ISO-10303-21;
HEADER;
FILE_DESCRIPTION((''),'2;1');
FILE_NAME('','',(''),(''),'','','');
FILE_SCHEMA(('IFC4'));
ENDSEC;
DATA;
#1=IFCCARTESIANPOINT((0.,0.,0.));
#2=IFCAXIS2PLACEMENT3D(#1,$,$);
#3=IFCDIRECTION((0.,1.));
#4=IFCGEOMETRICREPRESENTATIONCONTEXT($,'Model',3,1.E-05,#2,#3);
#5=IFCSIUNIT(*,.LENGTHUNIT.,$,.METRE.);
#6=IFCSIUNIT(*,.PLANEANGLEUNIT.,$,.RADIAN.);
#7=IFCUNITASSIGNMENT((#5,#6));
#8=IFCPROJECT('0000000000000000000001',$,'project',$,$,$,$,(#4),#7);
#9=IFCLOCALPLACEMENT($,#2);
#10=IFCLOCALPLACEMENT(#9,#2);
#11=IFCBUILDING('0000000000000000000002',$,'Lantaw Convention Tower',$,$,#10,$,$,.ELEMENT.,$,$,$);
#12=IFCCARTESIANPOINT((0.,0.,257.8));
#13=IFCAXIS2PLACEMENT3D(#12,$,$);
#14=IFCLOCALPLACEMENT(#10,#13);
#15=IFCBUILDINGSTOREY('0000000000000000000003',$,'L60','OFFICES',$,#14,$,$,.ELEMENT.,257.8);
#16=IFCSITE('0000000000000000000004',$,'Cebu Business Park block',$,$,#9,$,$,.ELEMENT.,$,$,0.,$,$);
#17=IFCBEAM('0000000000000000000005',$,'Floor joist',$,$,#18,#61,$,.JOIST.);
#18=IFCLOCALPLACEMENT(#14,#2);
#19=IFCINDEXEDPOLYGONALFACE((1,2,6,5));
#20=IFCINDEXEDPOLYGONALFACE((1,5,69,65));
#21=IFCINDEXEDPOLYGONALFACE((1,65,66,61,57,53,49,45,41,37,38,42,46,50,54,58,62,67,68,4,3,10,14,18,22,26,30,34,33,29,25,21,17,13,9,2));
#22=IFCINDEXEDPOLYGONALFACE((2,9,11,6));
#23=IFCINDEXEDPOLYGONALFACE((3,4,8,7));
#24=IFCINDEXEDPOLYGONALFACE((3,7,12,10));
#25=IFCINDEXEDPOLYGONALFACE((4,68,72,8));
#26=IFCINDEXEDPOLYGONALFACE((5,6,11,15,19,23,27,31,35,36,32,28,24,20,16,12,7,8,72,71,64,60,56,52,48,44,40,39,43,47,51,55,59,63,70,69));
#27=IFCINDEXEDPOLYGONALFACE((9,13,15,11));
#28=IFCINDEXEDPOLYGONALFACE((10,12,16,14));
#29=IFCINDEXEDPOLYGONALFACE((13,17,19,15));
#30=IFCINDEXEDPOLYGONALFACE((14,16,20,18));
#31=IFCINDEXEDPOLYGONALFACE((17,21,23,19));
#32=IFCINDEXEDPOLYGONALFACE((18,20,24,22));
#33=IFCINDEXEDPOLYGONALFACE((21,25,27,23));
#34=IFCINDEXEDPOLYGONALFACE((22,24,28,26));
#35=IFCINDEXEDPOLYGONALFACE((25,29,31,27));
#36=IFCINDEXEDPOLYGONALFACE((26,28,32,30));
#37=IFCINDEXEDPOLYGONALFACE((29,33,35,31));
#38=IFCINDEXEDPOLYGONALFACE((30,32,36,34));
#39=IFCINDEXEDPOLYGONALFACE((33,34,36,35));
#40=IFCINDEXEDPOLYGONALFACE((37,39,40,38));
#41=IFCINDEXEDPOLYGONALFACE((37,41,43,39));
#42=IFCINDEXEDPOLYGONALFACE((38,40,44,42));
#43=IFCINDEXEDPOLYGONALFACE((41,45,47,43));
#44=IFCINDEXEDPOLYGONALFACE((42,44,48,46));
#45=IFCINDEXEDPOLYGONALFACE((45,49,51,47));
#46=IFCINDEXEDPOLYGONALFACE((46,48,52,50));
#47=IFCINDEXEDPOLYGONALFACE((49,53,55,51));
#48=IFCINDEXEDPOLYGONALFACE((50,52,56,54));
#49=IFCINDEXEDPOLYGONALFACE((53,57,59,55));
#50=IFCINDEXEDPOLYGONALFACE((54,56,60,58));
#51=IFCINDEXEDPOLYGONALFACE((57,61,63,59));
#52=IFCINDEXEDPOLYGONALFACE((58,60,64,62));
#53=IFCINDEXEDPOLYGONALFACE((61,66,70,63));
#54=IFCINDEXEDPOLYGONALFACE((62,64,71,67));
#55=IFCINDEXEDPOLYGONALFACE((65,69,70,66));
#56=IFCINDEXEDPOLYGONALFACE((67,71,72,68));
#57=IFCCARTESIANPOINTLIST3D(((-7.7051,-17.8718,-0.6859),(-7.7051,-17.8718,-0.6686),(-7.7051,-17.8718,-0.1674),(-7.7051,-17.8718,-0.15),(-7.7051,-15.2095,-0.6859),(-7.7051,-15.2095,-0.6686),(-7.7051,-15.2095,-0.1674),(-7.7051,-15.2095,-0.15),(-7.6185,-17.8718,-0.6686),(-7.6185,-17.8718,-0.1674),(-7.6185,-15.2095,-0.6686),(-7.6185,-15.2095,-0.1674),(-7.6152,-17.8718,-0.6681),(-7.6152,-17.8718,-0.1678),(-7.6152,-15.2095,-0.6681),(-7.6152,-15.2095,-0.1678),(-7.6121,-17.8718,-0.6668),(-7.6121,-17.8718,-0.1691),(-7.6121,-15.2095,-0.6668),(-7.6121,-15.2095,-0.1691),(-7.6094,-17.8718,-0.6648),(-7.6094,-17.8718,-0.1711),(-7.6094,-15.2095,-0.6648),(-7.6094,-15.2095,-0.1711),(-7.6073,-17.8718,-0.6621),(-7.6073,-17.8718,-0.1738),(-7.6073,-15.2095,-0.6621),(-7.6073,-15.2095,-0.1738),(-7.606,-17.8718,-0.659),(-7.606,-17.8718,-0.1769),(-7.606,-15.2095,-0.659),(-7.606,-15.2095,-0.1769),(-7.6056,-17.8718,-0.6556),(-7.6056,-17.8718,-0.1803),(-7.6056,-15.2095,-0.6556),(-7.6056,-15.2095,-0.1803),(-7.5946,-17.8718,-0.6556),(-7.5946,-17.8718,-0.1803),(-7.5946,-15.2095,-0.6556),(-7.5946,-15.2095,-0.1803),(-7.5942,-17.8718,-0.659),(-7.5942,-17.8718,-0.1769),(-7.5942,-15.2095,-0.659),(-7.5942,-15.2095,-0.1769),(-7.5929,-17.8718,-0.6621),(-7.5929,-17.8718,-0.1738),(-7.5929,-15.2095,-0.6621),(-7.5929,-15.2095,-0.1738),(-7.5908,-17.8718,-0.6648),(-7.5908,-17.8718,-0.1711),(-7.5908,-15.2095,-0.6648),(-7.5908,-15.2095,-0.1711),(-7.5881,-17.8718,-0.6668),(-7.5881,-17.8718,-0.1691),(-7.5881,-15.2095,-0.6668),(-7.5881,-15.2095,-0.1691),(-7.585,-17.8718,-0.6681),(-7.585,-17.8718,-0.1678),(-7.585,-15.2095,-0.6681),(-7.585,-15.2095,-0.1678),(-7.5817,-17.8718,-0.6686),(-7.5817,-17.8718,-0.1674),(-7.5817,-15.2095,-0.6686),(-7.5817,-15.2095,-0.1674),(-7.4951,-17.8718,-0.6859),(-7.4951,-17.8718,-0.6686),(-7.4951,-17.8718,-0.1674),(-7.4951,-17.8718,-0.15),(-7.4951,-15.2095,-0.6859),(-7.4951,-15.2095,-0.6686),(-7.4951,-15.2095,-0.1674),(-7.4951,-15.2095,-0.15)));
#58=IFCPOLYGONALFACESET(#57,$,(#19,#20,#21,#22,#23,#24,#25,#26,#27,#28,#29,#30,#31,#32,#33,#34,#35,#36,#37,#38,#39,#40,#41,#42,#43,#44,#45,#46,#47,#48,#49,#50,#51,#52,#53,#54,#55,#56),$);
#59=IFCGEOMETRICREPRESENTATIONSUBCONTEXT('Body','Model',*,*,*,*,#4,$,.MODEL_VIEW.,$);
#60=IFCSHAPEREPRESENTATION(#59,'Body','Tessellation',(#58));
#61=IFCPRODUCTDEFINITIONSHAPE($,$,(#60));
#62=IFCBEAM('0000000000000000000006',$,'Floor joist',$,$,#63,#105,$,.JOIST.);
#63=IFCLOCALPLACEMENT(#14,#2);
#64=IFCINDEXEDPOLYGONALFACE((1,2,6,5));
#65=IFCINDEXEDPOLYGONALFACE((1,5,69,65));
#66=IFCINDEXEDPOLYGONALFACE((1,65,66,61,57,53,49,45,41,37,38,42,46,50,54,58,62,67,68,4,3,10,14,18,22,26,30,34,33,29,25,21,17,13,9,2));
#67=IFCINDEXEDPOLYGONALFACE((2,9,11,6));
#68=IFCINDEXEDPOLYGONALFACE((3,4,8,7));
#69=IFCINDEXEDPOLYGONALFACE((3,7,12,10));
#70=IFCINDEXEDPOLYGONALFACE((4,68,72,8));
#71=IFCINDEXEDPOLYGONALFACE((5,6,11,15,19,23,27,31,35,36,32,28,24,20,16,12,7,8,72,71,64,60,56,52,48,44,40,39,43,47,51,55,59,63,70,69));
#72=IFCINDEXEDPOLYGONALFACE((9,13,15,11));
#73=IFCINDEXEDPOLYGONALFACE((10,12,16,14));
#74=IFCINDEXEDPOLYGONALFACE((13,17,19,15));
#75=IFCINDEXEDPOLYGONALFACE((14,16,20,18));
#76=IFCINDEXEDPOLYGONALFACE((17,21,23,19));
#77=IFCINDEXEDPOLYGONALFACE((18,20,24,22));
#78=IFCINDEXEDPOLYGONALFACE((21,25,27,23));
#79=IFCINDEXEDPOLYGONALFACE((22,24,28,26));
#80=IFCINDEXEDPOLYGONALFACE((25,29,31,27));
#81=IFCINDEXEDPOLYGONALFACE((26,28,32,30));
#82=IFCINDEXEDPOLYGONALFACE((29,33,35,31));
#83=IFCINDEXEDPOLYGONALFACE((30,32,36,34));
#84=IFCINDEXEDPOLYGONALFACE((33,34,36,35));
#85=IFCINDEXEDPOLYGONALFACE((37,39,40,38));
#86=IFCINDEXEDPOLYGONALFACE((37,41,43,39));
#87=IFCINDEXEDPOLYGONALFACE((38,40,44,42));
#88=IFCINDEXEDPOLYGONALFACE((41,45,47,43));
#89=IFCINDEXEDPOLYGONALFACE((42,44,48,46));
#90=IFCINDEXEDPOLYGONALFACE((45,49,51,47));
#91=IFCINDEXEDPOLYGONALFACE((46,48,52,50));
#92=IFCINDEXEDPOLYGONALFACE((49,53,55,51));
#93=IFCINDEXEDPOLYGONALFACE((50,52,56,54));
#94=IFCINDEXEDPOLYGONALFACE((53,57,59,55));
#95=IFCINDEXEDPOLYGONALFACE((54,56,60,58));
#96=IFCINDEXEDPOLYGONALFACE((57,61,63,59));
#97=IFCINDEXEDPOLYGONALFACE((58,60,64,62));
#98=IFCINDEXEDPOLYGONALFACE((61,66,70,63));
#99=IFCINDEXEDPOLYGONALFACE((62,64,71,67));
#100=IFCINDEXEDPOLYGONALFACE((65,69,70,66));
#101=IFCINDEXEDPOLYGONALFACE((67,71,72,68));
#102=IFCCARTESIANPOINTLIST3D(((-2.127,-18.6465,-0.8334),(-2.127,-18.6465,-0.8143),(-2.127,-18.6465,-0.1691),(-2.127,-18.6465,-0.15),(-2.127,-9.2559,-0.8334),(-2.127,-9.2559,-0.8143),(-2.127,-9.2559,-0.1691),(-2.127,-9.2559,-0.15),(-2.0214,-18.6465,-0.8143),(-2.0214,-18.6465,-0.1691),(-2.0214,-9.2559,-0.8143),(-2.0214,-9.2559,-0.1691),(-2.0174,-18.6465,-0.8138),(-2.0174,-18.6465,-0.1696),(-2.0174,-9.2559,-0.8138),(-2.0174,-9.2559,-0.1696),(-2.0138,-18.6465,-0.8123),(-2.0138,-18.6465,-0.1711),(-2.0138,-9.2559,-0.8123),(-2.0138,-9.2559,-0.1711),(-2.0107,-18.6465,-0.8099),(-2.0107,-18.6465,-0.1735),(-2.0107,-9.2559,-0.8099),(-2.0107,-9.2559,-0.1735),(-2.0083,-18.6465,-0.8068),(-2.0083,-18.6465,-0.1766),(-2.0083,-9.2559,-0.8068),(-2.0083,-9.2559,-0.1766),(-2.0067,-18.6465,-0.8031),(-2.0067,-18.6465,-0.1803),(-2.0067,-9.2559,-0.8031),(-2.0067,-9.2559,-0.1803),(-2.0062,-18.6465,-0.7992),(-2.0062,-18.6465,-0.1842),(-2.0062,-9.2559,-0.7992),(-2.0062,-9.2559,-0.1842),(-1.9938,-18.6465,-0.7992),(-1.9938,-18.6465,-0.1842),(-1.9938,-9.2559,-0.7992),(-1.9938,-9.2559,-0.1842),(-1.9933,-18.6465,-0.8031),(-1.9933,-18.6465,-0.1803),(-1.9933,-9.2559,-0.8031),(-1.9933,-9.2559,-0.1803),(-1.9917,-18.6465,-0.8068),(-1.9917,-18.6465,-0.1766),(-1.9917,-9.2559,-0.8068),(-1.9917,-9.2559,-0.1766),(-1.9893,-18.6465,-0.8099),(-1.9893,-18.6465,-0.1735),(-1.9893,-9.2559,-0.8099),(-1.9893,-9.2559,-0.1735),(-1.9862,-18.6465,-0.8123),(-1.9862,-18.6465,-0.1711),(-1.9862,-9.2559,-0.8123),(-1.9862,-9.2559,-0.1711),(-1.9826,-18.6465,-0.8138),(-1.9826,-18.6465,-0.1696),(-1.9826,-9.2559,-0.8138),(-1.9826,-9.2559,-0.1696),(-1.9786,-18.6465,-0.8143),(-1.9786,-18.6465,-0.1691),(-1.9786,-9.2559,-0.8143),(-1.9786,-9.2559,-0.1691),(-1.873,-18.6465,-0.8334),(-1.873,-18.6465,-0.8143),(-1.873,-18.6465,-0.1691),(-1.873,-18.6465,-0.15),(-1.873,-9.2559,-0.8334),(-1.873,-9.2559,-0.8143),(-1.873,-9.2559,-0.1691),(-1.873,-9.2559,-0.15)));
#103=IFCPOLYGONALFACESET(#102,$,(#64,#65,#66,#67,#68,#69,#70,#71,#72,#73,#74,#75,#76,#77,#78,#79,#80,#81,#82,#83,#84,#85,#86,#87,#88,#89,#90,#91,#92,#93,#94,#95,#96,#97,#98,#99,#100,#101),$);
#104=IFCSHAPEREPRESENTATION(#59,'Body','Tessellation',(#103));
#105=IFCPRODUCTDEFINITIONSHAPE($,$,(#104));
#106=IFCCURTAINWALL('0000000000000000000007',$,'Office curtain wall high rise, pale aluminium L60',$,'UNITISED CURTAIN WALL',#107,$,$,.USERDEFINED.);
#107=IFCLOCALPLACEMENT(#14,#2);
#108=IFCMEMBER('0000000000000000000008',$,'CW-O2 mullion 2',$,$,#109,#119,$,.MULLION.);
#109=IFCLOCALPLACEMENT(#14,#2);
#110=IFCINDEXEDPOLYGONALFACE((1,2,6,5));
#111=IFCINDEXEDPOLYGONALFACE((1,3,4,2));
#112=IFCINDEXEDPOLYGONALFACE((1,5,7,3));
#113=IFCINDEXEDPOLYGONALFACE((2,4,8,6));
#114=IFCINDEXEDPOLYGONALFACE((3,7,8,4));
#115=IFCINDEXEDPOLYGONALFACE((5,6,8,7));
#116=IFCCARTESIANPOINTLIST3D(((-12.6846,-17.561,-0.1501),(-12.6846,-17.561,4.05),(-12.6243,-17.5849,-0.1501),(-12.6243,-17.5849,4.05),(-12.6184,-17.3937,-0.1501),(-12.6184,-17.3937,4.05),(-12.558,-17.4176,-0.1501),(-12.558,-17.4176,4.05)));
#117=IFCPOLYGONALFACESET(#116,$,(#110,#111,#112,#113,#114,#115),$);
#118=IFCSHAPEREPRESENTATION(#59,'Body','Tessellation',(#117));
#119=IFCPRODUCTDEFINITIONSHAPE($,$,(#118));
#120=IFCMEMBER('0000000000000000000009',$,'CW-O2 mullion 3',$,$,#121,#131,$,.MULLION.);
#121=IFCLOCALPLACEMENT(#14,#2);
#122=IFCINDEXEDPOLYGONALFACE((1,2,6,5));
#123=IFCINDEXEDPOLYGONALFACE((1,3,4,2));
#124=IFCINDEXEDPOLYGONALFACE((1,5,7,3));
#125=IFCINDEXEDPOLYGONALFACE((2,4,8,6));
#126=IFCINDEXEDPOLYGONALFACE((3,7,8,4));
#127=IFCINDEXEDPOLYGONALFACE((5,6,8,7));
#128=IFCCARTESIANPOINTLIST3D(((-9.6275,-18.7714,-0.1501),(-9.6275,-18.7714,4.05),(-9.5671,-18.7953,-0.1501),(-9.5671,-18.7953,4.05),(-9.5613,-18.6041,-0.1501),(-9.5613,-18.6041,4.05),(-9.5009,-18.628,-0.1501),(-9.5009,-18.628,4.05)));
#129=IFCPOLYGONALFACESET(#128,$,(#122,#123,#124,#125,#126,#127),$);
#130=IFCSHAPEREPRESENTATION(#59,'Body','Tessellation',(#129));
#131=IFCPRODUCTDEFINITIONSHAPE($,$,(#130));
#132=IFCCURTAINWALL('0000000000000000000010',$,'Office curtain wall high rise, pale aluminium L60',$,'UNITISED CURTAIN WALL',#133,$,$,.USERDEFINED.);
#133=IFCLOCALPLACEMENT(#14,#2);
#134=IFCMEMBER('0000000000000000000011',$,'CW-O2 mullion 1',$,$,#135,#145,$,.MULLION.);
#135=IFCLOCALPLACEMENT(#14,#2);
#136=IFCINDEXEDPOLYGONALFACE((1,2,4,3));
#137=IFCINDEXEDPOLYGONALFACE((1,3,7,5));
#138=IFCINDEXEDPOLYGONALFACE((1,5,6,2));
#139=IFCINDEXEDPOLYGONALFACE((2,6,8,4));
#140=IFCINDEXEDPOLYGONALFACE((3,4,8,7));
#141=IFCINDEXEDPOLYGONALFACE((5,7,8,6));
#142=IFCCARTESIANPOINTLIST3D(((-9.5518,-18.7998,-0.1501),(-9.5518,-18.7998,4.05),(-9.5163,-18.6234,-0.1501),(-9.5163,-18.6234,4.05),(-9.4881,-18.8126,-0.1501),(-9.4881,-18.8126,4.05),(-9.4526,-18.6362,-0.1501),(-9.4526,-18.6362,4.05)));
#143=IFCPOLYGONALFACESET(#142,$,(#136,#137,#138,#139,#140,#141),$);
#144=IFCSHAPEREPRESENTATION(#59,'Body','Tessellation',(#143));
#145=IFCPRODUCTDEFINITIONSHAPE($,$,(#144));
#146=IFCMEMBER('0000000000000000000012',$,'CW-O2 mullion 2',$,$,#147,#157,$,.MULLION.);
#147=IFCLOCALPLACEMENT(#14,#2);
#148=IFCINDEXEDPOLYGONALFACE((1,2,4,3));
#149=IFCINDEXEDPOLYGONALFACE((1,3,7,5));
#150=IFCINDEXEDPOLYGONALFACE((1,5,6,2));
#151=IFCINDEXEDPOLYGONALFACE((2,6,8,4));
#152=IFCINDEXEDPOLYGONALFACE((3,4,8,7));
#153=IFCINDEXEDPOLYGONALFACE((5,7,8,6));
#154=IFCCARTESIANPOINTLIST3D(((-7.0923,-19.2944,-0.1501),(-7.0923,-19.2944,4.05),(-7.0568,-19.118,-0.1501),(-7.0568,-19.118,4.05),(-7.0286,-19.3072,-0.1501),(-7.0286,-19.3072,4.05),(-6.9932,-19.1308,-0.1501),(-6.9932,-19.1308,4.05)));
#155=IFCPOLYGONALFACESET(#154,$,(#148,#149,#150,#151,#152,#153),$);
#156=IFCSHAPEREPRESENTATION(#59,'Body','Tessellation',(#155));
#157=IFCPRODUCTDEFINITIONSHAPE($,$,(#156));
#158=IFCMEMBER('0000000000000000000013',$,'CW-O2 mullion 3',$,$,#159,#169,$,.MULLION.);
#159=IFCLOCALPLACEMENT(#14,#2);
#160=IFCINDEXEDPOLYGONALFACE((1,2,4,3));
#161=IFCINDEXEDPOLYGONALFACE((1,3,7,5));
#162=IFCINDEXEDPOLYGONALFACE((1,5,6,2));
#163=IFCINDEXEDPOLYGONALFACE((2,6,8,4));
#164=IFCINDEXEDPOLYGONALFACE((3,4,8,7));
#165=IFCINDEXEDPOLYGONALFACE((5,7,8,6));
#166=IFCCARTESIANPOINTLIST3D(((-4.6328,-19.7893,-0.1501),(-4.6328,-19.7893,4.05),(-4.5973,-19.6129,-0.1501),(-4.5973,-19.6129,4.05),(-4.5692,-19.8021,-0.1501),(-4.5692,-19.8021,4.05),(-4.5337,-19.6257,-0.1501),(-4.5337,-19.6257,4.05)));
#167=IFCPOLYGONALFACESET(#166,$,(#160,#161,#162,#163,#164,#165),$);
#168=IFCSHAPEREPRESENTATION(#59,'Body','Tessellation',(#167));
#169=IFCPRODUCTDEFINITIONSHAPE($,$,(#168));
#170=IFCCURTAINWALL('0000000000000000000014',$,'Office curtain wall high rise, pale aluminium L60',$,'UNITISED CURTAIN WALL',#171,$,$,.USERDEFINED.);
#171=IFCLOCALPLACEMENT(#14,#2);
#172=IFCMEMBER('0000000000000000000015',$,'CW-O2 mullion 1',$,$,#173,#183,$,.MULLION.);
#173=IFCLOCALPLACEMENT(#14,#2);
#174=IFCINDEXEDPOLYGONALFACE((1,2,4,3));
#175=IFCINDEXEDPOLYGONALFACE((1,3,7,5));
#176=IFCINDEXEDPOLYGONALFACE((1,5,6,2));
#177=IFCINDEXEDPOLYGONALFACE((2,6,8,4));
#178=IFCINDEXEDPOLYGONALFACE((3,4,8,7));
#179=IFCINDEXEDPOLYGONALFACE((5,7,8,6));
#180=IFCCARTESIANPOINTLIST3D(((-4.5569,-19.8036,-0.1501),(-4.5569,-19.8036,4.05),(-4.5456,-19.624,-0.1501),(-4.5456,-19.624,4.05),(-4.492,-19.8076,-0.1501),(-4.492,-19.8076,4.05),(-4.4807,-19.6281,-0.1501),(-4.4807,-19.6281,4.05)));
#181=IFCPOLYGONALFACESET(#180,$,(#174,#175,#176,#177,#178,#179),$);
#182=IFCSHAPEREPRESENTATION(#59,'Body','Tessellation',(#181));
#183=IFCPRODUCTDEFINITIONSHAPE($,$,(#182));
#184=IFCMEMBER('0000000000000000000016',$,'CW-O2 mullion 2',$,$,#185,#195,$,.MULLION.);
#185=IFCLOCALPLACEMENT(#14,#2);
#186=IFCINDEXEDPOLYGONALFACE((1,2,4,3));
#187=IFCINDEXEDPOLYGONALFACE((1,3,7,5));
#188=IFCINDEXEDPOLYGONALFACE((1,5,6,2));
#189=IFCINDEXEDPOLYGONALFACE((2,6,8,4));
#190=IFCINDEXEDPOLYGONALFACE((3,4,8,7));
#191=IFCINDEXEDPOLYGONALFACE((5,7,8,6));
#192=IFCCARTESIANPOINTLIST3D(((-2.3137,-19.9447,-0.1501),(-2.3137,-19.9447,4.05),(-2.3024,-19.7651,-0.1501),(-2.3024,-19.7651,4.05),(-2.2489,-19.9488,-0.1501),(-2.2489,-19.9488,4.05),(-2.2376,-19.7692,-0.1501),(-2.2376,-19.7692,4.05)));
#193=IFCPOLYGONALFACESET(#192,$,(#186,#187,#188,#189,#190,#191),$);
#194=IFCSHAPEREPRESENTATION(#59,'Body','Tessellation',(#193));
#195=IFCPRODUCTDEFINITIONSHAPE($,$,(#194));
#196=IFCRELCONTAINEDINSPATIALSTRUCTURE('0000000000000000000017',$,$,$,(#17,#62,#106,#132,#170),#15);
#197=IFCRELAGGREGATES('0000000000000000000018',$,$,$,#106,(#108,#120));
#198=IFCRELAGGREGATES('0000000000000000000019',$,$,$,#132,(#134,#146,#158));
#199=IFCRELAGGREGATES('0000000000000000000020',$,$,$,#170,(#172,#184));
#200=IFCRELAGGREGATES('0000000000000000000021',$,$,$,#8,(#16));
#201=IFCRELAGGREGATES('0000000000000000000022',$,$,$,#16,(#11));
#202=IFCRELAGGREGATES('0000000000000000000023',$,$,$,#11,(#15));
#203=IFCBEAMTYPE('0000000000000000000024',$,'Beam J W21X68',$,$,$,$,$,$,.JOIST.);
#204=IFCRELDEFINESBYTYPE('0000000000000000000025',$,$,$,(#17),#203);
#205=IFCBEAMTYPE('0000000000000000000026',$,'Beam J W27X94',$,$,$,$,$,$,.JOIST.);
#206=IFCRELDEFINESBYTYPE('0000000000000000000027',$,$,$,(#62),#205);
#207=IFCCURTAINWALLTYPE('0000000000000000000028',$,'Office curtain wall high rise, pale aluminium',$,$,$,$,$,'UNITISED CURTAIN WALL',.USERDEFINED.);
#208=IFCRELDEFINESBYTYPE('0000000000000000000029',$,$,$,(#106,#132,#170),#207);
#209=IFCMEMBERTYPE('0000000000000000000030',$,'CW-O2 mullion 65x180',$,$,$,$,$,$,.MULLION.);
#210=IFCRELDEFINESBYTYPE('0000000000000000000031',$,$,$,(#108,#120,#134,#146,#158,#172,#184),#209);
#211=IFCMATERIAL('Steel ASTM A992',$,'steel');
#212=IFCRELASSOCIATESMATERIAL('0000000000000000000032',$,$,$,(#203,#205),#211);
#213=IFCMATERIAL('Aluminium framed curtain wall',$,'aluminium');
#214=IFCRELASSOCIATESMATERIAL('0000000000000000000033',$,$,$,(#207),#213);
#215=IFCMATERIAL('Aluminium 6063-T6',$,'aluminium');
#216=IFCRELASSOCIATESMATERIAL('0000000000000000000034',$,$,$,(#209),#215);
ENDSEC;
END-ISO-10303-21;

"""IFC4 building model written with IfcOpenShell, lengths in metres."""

from ifc_helpers import new_model, si_unit, direction, frame, origin, origin_2d, place, context, subcontext, project, spatial, rectangle, i_section, extrude, material, material_profile, profile_set, type_object, element, aggregate, save


model = new_model("IFC4")

# Units and contexts
model_context = context("Model", 3, precision=1e-05, world=origin(), true_north=direction((0.0, 1.0)))
body_context = subcontext(model_context, "Body", "Model", "MODEL_VIEW")
ifc_project = project(units=[si_unit("LENGTHUNIT", "METRE"), si_unit("PLANEANGLEUNIT", "RADIAN")], contexts=[model_context])

# Site, building, storey
site_placement = place(None, origin())
site = spatial("IfcSite", under=ifc_project, at=site_placement, Name="Cebu Business Park block", CompositionType="ELEMENT", RefElevation=0.0)
building_placement = place(site_placement, origin())
building = spatial("IfcBuilding", under=site, at=building_placement, Name="Lantaw Convention Tower", CompositionType="ELEMENT")
storey_placement = place(building_placement, frame((0.0, 0.0, 257.8)))
storey = spatial("IfcBuildingStorey", under=building, at=storey_placement, Name="L60", Description="OFFICES", CompositionType="ELEMENT", Elevation=257.8)

# Beams
ifc_material_1 = material(Name="Steel ASTM A992", Category="steel")
ifc_material_profile_1 = material_profile(ifc_material_1, i_section(OverallWidth=0.21, OverallDepth=0.5359, WebThickness=0.011, FlangeThickness=0.0173, FilletRadius=0.0129, at=origin_2d()), Name="W21X68")
ifc_profile_set_1 = profile_set([ifc_material_profile_1], Name="Steel ASTM A992")
beam_type_1 = type_object("IfcBeamType", Name="Beam J W21X68", PredefinedType="JOIST", material=ifc_profile_set_1)
beam_1_placement = place(storey_placement, frame((-7.6001, -17.8718, -0.418), z_axis=(0.0, 1.0, 0.0), x_axis=(-1.0, 0.0, 0.0)))
element("IfcBeam", 1, at=beam_1_placement, inside=storey, type_object=beam_type_1, Name="Floor joist", PredefinedType="JOIST", context=body_context, shape_type="SweptSolid", body=[
    extrude(i_section(OverallWidth=0.21, OverallDepth=0.5359, WebThickness=0.011, FlangeThickness=0.0173, FilletRadius=0.0129, at=origin_2d()), origin(), (0.0, 0.0, 1.0), 2.6624),
])
ifc_material_profile_2 = material_profile(ifc_material_1, i_section(OverallWidth=0.2539, OverallDepth=0.6833, WebThickness=0.0125, FlangeThickness=0.019, FilletRadius=0.0151, at=origin_2d()), Name="W27X94")
ifc_profile_set_2 = profile_set([ifc_material_profile_2], Name="Steel ASTM A992")
beam_type_2 = type_object("IfcBeamType", Name="Beam J W27X94", PredefinedType="JOIST", material=ifc_profile_set_2)
beam_2_placement = place(storey_placement, frame((-2.0, -18.6465, -0.4917), z_axis=(0.0, 1.0, 0.0), x_axis=(-1.0, 0.0, 0.0)))
element("IfcBeam", 2, at=beam_2_placement, inside=storey, type_object=beam_type_2, Name="Floor joist", PredefinedType="JOIST", context=body_context, shape_type="SweptSolid", body=[
    extrude(i_section(OverallWidth=0.2539, OverallDepth=0.6833, WebThickness=0.0125, FlangeThickness=0.019, FilletRadius=0.0151, at=origin_2d()), origin(), (0.0, 0.0, 1.0), 9.3906),
])

# Curtain walls, members
ifc_material_2 = material(Name="Aluminium framed curtain wall", Category="aluminium")
curtain_wall_type = type_object("IfcCurtainWallType", Name="Office curtain wall high rise, pale aluminium", ElementType="UNITISED CURTAIN WALL", PredefinedType="USERDEFINED", material=ifc_material_2)
curtain_wall_1_placement = place(storey_placement, origin())
curtain_wall_1 = element("IfcCurtainWall", 3, at=curtain_wall_1_placement, inside=storey, type_object=curtain_wall_type, Name="Office curtain wall high rise, pale aluminium L60", ObjectType="UNITISED CURTAIN WALL", PredefinedType="USERDEFINED")
ifc_material_3 = material(Name="Aluminium 6063-T6", Category="aluminium")
ifc_material_profile_3 = material_profile(ifc_material_3, rectangle(XDim=0.1799, YDim=0.0649, at=origin_2d()), Name="CW-O2 mullion 65x180")
ifc_profile_set_3 = profile_set([ifc_material_profile_3], Name="Aluminium 6063-T6")
member_type_1 = type_object("IfcMemberType", Name="CW-O2 mullion 65x180", PredefinedType="MULLION", material=ifc_profile_set_3)
member_1_placement = place(storey_placement, frame((-12.6213, -17.4893, -0.1501), z_axis=(0.0, 0.0, 1.0), x_axis=(0.368162, 0.929762, 0.0)))
member_1 = element("IfcMember", 4, at=member_1_placement, type_object=member_type_1, Name="CW-O2 mullion 2", PredefinedType="MULLION", context=body_context, shape_type="SweptSolid", body=[
    extrude(rectangle(XDim=0.1799, YDim=0.0649, at=origin_2d()), origin(), (0.0, 0.0, 1.0), 4.2002),
])
member_2_placement = place(storey_placement, frame((-9.5642, -18.6997, -0.1501), z_axis=(0.0, 0.0, 1.0), x_axis=(0.368162, 0.929762, 0.0)))
member_2 = element("IfcMember", 5, at=member_2_placement, type_object=member_type_1, Name="CW-O2 mullion 3", PredefinedType="MULLION", context=body_context, shape_type="SweptSolid", body=[
    extrude(rectangle(XDim=0.1799, YDim=0.0649, at=origin_2d()), origin(), (0.0, 0.0, 1.0), 4.2002),
])
curtain_wall_2_placement = place(storey_placement, origin())
curtain_wall_2 = element("IfcCurtainWall", 6, at=curtain_wall_2_placement, inside=storey, type_object=curtain_wall_type, Name="Office curtain wall high rise, pale aluminium L60", ObjectType="UNITISED CURTAIN WALL", PredefinedType="USERDEFINED")
member_3_placement = place(storey_placement, frame((-9.5022, -18.718, -0.1501), z_axis=(0.0, 0.0, 1.0), x_axis=(0.197183, 0.980367, 0.0)))
member_3 = element("IfcMember", 7, at=member_3_placement, type_object=member_type_1, Name="CW-O2 mullion 1", PredefinedType="MULLION", context=body_context, shape_type="SweptSolid", body=[
    extrude(rectangle(XDim=0.1799, YDim=0.0649, at=origin_2d()), origin(), (0.0, 0.0, 1.0), 4.2002),
])
member_4_placement = place(storey_placement, frame((-7.0427, -19.2126, -0.1501), z_axis=(0.0, 0.0, 1.0), x_axis=(0.197183, 0.980367, 0.0)))
member_4 = element("IfcMember", 8, at=member_4_placement, type_object=member_type_1, Name="CW-O2 mullion 2", PredefinedType="MULLION", context=body_context, shape_type="SweptSolid", body=[
    extrude(rectangle(XDim=0.1799, YDim=0.0649, at=origin_2d()), origin(), (0.0, 0.0, 1.0), 4.2002),
])
member_5_placement = place(storey_placement, frame((-4.5833, -19.7075, -0.1501), z_axis=(0.0, 0.0, 1.0), x_axis=(0.197183, 0.980367, 0.0)))
member_5 = element("IfcMember", 9, at=member_5_placement, type_object=member_type_1, Name="CW-O2 mullion 3", PredefinedType="MULLION", context=body_context, shape_type="SweptSolid", body=[
    extrude(rectangle(XDim=0.1799, YDim=0.0649, at=origin_2d()), origin(), (0.0, 0.0, 1.0), 4.2002),
])
curtain_wall_3_placement = place(storey_placement, origin())
curtain_wall_3 = element("IfcCurtainWall", 10, at=curtain_wall_3_placement, inside=storey, type_object=curtain_wall_type, Name="Office curtain wall high rise, pale aluminium L60", ObjectType="UNITISED CURTAIN WALL", PredefinedType="USERDEFINED")
member_6_placement = place(storey_placement, frame((-4.5188, -19.7158, -0.1501), z_axis=(0.0, 0.0, 1.0), x_axis=(0.062758, 0.998029, 0.0)))
member_6 = element("IfcMember", 11, at=member_6_placement, type_object=member_type_1, Name="CW-O2 mullion 1", PredefinedType="MULLION", context=body_context, shape_type="SweptSolid", body=[
    extrude(rectangle(XDim=0.1799, YDim=0.0649, at=origin_2d()), origin(), (0.0, 0.0, 1.0), 4.2002),
])
member_7_placement = place(storey_placement, frame((-2.2756, -19.8569, -0.1501), z_axis=(0.0, 0.0, 1.0), x_axis=(0.062758, 0.998029, 0.0)))
member_7 = element("IfcMember", 12, at=member_7_placement, type_object=member_type_1, Name="CW-O2 mullion 2", PredefinedType="MULLION", context=body_context, shape_type="SweptSolid", body=[
    extrude(rectangle(XDim=0.1799, YDim=0.0649, at=origin_2d()), origin(), (0.0, 0.0, 1.0), 4.2002),
])

aggregate(curtain_wall_1, [member_1, member_2])
aggregate(curtain_wall_2, [member_3, member_4, member_5])
aggregate(curtain_wall_3, [member_6, member_7])

save(model, "model.ifc")
